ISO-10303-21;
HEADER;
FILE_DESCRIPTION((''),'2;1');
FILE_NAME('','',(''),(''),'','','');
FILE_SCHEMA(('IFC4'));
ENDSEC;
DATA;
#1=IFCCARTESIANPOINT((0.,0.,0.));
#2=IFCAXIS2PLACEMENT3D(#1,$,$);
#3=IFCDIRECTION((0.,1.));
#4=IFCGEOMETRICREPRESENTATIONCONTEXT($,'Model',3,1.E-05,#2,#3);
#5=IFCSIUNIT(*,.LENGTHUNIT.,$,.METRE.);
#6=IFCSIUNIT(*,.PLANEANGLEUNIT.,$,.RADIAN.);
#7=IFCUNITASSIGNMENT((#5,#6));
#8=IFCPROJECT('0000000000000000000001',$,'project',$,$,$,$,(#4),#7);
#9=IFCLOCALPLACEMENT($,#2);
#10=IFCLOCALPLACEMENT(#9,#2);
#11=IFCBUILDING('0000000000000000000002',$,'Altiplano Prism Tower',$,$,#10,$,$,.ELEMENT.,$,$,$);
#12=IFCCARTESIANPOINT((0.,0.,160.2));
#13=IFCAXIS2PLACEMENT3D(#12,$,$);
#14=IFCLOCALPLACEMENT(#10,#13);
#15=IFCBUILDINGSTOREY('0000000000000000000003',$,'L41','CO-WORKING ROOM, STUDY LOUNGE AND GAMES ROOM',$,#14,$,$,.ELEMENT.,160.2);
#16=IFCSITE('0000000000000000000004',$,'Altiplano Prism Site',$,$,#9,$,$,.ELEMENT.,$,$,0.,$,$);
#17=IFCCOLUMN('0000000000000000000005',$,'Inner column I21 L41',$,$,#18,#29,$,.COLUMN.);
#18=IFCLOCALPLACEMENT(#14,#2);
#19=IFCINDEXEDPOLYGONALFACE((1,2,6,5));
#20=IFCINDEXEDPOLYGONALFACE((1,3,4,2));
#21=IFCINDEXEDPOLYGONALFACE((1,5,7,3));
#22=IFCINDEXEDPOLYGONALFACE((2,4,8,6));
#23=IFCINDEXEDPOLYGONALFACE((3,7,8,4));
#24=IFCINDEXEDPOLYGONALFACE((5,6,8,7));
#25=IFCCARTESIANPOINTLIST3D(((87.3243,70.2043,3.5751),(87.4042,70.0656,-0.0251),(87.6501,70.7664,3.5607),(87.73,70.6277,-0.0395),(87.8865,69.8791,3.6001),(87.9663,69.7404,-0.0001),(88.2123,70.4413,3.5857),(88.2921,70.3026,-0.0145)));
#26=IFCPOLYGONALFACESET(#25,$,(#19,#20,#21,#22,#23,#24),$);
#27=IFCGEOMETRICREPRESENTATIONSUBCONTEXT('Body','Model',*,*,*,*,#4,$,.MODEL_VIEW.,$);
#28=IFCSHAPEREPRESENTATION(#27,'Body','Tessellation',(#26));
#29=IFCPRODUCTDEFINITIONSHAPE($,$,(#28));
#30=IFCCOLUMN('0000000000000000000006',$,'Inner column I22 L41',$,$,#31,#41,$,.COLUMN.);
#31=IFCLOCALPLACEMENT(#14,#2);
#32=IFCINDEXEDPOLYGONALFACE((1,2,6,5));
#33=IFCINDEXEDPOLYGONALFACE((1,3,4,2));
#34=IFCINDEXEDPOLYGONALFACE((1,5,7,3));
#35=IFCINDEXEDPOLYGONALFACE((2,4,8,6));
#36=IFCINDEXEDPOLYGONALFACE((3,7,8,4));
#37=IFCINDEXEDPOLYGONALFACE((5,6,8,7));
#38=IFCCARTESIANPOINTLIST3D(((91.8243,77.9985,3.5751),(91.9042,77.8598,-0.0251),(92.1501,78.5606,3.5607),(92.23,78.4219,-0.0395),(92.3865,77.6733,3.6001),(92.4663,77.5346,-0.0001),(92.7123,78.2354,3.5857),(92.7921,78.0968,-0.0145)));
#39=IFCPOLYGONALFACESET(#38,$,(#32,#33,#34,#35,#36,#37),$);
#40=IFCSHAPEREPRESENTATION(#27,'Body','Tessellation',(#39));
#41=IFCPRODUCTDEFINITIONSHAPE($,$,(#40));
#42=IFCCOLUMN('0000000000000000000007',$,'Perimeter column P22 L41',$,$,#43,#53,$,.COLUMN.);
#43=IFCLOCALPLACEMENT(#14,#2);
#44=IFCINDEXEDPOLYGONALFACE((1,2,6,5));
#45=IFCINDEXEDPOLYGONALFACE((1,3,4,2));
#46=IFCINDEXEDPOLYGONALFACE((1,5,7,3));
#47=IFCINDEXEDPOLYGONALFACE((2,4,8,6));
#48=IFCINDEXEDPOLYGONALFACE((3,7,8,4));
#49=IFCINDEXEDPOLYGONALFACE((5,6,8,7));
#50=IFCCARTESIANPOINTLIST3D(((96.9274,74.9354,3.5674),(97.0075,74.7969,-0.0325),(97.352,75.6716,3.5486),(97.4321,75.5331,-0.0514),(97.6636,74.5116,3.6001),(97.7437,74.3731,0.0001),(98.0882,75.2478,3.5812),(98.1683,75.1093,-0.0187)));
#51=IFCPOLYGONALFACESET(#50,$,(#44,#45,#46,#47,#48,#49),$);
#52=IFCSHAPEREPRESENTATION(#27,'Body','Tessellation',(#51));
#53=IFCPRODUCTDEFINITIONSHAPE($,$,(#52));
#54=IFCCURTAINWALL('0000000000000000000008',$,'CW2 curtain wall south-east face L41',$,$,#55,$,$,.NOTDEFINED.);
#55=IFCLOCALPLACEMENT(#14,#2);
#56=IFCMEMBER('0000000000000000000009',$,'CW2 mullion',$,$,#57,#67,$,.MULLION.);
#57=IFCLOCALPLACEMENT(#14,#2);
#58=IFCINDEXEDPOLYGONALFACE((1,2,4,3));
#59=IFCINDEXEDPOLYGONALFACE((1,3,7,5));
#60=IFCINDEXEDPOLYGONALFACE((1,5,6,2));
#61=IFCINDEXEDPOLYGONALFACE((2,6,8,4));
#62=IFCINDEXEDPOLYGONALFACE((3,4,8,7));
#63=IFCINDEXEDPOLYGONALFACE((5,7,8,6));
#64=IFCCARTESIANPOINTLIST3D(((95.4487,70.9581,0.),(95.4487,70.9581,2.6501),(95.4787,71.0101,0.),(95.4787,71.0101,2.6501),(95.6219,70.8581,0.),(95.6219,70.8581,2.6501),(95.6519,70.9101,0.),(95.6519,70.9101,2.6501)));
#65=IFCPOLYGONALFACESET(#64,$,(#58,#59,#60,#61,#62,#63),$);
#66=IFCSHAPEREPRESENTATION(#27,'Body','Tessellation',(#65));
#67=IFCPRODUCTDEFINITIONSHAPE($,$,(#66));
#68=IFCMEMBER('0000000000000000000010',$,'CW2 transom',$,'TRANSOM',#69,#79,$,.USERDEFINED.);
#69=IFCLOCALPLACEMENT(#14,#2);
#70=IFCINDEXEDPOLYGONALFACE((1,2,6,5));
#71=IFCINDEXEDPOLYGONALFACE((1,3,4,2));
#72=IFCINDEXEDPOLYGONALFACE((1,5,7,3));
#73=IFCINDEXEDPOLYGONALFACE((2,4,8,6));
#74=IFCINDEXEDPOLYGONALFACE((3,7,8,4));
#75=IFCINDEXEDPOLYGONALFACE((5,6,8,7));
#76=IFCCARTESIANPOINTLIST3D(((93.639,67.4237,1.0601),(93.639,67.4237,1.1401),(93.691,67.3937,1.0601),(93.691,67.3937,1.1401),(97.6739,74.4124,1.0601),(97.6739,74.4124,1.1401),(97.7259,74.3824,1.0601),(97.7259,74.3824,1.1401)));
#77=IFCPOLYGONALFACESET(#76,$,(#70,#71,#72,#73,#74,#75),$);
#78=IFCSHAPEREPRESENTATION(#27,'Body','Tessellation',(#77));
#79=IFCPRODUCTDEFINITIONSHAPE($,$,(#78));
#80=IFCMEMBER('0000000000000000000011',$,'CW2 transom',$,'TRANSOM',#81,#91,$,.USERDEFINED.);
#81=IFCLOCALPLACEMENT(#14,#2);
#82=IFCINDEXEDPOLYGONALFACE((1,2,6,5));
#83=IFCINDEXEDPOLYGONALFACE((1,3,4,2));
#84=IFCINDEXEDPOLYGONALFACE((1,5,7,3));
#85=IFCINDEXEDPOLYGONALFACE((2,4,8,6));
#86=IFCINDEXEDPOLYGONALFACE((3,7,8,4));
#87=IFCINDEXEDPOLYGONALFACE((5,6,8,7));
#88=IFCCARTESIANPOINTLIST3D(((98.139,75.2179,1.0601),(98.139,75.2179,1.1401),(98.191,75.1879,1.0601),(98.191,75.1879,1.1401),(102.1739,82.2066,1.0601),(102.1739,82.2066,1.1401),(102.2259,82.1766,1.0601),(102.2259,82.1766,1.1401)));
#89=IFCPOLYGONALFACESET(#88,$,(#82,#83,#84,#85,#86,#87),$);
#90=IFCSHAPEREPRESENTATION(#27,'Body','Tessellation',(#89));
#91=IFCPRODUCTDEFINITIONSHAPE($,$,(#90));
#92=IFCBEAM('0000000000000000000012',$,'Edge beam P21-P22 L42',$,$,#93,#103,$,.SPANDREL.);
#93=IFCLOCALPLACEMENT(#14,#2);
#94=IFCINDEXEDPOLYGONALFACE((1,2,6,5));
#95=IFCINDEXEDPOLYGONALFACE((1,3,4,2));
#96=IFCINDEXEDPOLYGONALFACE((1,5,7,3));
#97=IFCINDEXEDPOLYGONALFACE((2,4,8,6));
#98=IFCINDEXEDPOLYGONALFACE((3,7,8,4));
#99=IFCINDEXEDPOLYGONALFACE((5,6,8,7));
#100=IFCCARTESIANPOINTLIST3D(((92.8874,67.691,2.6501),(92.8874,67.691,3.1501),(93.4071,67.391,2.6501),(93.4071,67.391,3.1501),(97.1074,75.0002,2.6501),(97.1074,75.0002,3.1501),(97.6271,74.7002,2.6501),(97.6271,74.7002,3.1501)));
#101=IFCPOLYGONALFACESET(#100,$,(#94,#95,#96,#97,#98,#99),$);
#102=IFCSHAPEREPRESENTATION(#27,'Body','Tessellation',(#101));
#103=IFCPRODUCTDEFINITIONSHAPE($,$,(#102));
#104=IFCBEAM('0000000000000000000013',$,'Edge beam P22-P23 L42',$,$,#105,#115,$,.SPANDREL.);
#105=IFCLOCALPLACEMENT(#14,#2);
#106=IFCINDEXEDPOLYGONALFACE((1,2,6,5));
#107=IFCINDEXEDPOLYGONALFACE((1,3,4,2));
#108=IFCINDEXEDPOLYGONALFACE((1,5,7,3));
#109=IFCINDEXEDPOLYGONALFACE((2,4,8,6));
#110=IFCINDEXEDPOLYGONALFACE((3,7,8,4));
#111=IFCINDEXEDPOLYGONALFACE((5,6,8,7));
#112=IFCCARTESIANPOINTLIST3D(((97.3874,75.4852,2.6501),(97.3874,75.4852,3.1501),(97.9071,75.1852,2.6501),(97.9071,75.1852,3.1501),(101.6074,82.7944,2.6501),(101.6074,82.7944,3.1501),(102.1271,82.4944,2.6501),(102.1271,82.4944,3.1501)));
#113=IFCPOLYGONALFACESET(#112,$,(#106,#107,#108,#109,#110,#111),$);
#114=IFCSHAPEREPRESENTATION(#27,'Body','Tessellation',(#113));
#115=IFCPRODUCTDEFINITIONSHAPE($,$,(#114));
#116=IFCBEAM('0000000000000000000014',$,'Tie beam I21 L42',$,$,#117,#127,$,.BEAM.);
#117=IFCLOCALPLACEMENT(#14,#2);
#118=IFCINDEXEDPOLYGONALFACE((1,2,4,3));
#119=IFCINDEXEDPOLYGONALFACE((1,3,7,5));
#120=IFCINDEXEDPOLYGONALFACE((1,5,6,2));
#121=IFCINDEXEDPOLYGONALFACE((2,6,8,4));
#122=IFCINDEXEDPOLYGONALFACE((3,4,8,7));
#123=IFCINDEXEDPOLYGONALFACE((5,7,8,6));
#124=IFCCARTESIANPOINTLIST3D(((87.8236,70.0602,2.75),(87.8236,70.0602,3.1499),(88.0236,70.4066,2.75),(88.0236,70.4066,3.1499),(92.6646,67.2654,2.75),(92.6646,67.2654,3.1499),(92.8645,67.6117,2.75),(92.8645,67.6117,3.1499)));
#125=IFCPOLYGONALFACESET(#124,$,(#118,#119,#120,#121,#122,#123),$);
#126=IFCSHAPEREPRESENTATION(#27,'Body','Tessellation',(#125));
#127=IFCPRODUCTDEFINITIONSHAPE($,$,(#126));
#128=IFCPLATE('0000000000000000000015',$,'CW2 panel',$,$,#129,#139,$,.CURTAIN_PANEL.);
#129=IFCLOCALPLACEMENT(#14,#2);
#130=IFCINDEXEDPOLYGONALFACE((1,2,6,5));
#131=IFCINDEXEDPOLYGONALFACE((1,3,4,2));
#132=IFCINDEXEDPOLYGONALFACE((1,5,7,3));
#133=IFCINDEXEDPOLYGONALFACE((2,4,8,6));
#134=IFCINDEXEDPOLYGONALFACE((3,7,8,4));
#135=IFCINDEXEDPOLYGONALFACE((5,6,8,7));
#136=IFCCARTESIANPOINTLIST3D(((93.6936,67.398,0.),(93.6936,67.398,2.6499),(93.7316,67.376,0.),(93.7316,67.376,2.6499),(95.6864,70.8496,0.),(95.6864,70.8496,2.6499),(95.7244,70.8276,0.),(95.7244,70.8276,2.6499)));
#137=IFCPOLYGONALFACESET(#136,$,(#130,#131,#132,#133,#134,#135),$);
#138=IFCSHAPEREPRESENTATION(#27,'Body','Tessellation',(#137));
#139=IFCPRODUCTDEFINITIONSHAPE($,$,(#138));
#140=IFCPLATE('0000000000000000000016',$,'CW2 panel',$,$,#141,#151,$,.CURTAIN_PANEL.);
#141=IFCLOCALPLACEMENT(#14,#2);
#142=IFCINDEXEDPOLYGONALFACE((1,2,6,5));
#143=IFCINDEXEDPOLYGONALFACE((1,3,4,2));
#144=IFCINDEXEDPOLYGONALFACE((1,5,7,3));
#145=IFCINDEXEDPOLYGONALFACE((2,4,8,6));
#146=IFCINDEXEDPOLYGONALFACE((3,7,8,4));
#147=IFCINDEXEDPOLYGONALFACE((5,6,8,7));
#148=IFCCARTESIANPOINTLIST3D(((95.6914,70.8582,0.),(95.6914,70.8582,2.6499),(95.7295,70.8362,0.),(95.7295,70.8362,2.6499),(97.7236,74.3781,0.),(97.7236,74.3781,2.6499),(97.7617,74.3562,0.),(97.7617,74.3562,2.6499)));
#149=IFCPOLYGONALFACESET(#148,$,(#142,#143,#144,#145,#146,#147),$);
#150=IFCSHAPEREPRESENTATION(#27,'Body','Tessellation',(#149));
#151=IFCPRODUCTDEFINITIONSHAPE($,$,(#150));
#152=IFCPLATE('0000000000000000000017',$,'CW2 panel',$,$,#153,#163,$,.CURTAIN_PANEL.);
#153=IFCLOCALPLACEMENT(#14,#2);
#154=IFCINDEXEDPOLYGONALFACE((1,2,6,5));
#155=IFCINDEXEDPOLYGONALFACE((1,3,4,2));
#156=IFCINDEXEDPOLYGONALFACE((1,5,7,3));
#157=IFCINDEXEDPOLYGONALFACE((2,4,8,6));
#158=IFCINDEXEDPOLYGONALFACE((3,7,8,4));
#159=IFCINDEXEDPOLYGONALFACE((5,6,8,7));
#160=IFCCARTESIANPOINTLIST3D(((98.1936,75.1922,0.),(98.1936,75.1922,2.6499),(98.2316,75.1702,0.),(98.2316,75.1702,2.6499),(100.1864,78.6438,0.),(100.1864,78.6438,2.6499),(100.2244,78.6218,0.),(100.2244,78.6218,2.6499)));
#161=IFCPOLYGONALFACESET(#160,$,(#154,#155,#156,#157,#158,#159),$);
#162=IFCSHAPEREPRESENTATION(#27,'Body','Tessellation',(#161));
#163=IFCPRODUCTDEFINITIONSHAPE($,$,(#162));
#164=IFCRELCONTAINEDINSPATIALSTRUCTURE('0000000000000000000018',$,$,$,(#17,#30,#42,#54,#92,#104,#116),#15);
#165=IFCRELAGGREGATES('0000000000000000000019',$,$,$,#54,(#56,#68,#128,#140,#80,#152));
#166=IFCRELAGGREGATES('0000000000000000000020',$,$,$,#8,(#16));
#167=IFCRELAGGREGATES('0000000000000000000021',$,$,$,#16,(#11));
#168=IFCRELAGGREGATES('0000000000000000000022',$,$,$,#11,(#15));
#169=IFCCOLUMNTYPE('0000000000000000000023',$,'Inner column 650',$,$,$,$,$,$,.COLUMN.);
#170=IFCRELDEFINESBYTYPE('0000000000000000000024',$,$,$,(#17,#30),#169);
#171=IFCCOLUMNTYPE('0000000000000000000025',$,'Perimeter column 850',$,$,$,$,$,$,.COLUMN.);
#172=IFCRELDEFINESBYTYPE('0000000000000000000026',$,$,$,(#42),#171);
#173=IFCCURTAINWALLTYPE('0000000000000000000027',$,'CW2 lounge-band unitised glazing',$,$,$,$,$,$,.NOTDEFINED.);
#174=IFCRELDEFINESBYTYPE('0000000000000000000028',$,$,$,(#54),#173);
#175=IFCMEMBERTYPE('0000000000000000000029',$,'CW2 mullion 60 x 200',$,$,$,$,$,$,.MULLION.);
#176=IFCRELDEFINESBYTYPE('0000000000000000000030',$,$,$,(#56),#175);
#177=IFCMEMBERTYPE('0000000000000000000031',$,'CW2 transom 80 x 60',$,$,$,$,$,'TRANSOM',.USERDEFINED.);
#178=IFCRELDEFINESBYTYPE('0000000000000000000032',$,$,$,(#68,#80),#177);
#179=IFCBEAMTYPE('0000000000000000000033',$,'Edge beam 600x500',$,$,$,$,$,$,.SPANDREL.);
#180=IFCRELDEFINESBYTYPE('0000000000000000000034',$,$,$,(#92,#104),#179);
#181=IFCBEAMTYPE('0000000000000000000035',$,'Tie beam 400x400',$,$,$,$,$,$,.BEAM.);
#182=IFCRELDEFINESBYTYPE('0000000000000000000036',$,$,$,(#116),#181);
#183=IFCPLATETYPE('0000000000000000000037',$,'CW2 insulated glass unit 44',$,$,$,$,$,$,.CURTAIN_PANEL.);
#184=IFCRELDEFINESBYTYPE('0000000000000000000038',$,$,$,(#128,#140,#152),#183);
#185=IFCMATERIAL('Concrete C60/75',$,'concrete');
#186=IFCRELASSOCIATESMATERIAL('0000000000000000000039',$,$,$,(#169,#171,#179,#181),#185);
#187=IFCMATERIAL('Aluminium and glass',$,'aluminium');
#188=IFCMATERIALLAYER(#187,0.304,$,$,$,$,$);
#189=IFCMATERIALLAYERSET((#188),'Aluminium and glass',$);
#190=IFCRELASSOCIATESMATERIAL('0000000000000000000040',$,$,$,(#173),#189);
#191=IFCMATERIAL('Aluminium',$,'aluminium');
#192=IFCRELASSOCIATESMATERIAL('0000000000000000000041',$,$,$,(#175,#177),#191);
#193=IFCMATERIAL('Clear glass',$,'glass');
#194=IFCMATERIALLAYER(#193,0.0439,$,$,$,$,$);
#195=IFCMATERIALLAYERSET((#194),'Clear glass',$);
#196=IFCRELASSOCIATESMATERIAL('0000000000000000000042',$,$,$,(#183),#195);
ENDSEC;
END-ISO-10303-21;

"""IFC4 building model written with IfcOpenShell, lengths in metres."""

from ifc_helpers import new_model, si_unit, direction, frame, origin, origin_2d, place, context, subcontext, project, spatial, rectangle, extrude, material, layer, layer_set, material_profile, profile_set, type_object, element, aggregate, save


model = new_model("IFC4")

# Units and contexts
model_context = context("Model", 3, precision=1e-05, world=origin(), true_north=direction((0.0, 1.0)))
body_context = subcontext(model_context, "Body", "Model", "MODEL_VIEW")
ifc_project = project(units=[si_unit("LENGTHUNIT", "METRE"), si_unit("PLANEANGLEUNIT", "RADIAN")], contexts=[model_context])

# Site, building, storey
site_placement = place(None, origin())
site = spatial("IfcSite", under=ifc_project, at=site_placement, Name="Altiplano Prism Site", CompositionType="ELEMENT", RefElevation=0.0)
building_placement = place(site_placement, origin())
building = spatial("IfcBuilding", under=site, at=building_placement, Name="Altiplano Prism Tower", CompositionType="ELEMENT")
storey_placement = place(building_placement, frame((0.0, 0.0, 160.2)))
storey = spatial("IfcBuildingStorey", under=building, at=storey_placement, Name="L41", Description="CO-WORKING ROOM, STUDY LOUNGE AND GAMES ROOM", CompositionType="ELEMENT", Elevation=160.2)

# Columns
ifc_material_1 = material(Name="Concrete C60/75", Category="concrete")
ifc_material_profile_1 = material_profile(ifc_material_1, rectangle(XDim=0.6499, YDim=0.6499, at=origin_2d()), Name="Inner column 650")
ifc_profile_set_1 = profile_set([ifc_material_profile_1], Name="Concrete C60/75")
column_type_1 = type_object("IfcColumnType", Name="Inner column 650", PredefinedType="COLUMN", material=ifc_profile_set_1)
for number, where, z_axis, x_axis, name in (
    (1, (87.8481, 70.1841, -0.0198), (-0.022154, 0.038481, 0.999014), (-0.501313, -0.864981, 0.022201), "Inner column I21 L41"),
    (2, (92.3481, 77.9783, -0.0198), (-0.022154, 0.038481, 0.999014), (-0.501313, -0.864981, 0.022201), "Inner column I22 L41"),
):
    element("IfcColumn", number, at=place(storey_placement, frame(where, z_axis=z_axis, x_axis=x_axis)), inside=storey, type_object=column_type_1, Name=name, PredefinedType="COLUMN", context=body_context, shape_type="SweptSolid", body=[
        extrude(rectangle(XDim=0.6499, YDim=0.6499, at=origin_2d()), origin(), (0.0, 0.0, 1.0), 3.6038),
    ])
ifc_material_profile_2 = material_profile(ifc_material_1, rectangle(XDim=0.8501, YDim=0.8501, at=origin_2d()), Name="Perimeter column 850")
ifc_profile_set_2 = profile_set([ifc_material_profile_2], Name="Concrete C60/75")
column_type_2 = type_object("IfcColumnType", Name="Perimeter column 850", PredefinedType="COLUMN", material=ifc_profile_set_2)
column_placement = place(storey_placement, frame((97.5879, 74.9531, -0.0256), z_axis=(-0.022223, 0.038416, 0.999015), x_axis=(-0.499508, -0.866025, 0.02219)))
element("IfcColumn", 3, at=column_placement, inside=storey, type_object=column_type_2, Name="Perimeter column P22 L41", PredefinedType="COLUMN", context=body_context, shape_type="SweptSolid", body=[
    extrude(rectangle(XDim=0.8501, YDim=0.8501, at=origin_2d()), origin(), (0.0, 0.0, 1.0), 3.6035),
])

# Curtain wall, members
ifc_material_2 = material(Name="Aluminium and glass", Category="aluminium")
ifc_layer_1 = layer(ifc_material_2, 0.304)
ifc_layer_set_1 = layer_set([ifc_layer_1], Name="Aluminium and glass")
curtain_wall_type = type_object("IfcCurtainWallType", Name="CW2 lounge-band unitised glazing", PredefinedType="NOTDEFINED", material=ifc_layer_set_1)
curtain_wall_placement = place(storey_placement, origin())
curtain_wall = element("IfcCurtainWall", 4, at=curtain_wall_placement, inside=storey, type_object=curtain_wall_type, Name="CW2 curtain wall south-east face L41", PredefinedType="NOTDEFINED")
ifc_material_3 = material(Name="Aluminium", Category="aluminium")
ifc_material_profile_3 = material_profile(ifc_material_3, rectangle(XDim=0.2, YDim=0.0601, at=origin_2d()), Name="CW2 mullion 60 x 200")
ifc_profile_set_3 = profile_set([ifc_material_profile_3], Name="Aluminium")
member_type_1 = type_object("IfcMemberType", Name="CW2 mullion 60 x 200", PredefinedType="MULLION", material=ifc_profile_set_3)
member_1_placement = place(storey_placement, frame((95.5503, 70.9341, 0.0), z_axis=(0.0, 0.0, 1.0), x_axis=(-0.866025, 0.5, 0.0)))
member_1 = element("IfcMember", 5, at=member_1_placement, type_object=member_type_1, Name="CW2 mullion", PredefinedType="MULLION", context=body_context, shape_type="SweptSolid", body=[
    extrude(rectangle(XDim=0.2, YDim=0.0601, at=origin_2d()), origin(), (0.0, 0.0, 1.0), 2.6501),
])
ifc_material_profile_4 = material_profile(ifc_material_3, rectangle(XDim=0.0601, YDim=0.0801, at=origin_2d()), Name="CW2 transom 80 x 60")
ifc_profile_set_4 = profile_set([ifc_material_profile_4], Name="Aluminium")
member_type_2 = type_object("IfcMemberType", Name="CW2 transom 80 x 60", ElementType="TRANSOM", PredefinedType="USERDEFINED", material=ifc_profile_set_4)
member_2_placement = place(storey_placement, frame((93.665, 67.4087, 1.1001), z_axis=(0.499995, 0.866028, 0.0), x_axis=(-0.866028, 0.499995, 0.0)))
member_2 = element("IfcMember", 6, at=member_2_placement, type_object=member_type_2, Name="CW2 transom", ObjectType="TRANSOM", PredefinedType="USERDEFINED", context=body_context, shape_type="SweptSolid", body=[
    extrude(rectangle(XDim=0.0601, YDim=0.0801, at=origin_2d()), origin(), (0.0, 0.0, 1.0), 8.0698),
])
member_3_placement = place(storey_placement, frame((98.165, 75.2029, 1.1001), z_axis=(0.499995, 0.866028, 0.0), x_axis=(-0.866028, 0.499995, 0.0)))
member_3 = element("IfcMember", 7, at=member_3_placement, type_object=member_type_2, Name="CW2 transom", ObjectType="TRANSOM", PredefinedType="USERDEFINED", context=body_context, shape_type="SweptSolid", body=[
    extrude(rectangle(XDim=0.0601, YDim=0.0801, at=origin_2d()), origin(), (0.0, 0.0, 1.0), 8.0698),
])

# Beams
ifc_material_profile_5 = material_profile(ifc_material_1, rectangle(XDim=0.6001, YDim=0.5, at=origin_2d()), Name="Edge beam 600x500")
ifc_profile_set_5 = profile_set([ifc_material_profile_5], Name="Concrete C60/75")
beam_type_1 = type_object("IfcBeamType", Name="Edge beam 600x500", PredefinedType="SPANDREL", material=ifc_profile_set_5)
for number, where, z_axis, x_axis, name in (
    (8, (93.1472, 67.541, 2.9001), (0.500006, 0.866022, 0.0), (-0.866022, 0.500006, 0.0), "Edge beam P21-P22 L42"),
    (9, (97.6472, 75.3352, 2.9001), (0.500006, 0.866022, 0.0), (-0.866022, 0.500006, 0.0), "Edge beam P22-P23 L42"),
):
    element("IfcBeam", number, at=place(storey_placement, frame(where, z_axis=z_axis, x_axis=x_axis)), inside=storey, type_object=beam_type_1, Name=name, PredefinedType="SPANDREL", context=body_context, shape_type="SweptSolid", body=[
        extrude(rectangle(XDim=0.6001, YDim=0.5, at=origin_2d()), origin(), (0.0, 0.0, 1.0), 8.4399),
    ])
ifc_material_profile_6 = material_profile(ifc_material_1, rectangle(XDim=0.3999, YDim=0.3999, at=origin_2d()), Name="Tie beam 400x400")
ifc_profile_set_6 = profile_set([ifc_material_profile_6], Name="Concrete C60/75")
beam_type_2 = type_object("IfcBeamType", Name="Tie beam 400x400", PredefinedType="BEAM", material=ifc_profile_set_6)
beam_placement = place(storey_placement, frame((87.9236, 70.2334, 2.95), z_axis=(0.866031, -0.499991, 0.0), x_axis=(0.499991, 0.866031, 0.0)))
element("IfcBeam", 10, at=beam_placement, inside=storey, type_object=beam_type_2, Name="Tie beam I21 L42", PredefinedType="BEAM", context=body_context, shape_type="SweptSolid", body=[
    extrude(rectangle(XDim=0.3999, YDim=0.3999, at=origin_2d()), origin(), (0.0, 0.0, 1.0), 5.5898),
])

# Plates
ifc_material_4 = material(Name="Clear glass", Category="glass")
ifc_layer_2 = layer(ifc_material_4, 0.0439)
ifc_layer_set_2 = layer_set([ifc_layer_2], Name="Clear glass")
plate_type = type_object("IfcPlateType", Name="CW2 insulated glass unit 44", PredefinedType="CURTAIN_PANEL", material=ifc_layer_set_2)
plate_1_placement = place(storey_placement, frame((94.709, 69.1128, 0.0), z_axis=(0.0, 0.0, 1.0), x_axis=(0.5, 0.866025, 0.0)))
plate_1 = element("IfcPlate", 11, at=plate_1_placement, type_object=plate_type, Name="CW2 panel", PredefinedType="CURTAIN_PANEL", context=body_context, shape_type="SweptSolid", body=[
    extrude(rectangle(XDim=3.9856, YDim=0.0439, at=origin_2d()), origin(), (0.0, 0.0, 1.0), 2.6499),
])
plate_2_placement = place(storey_placement, frame((96.7266, 72.6072, 0.0), z_axis=(0.0, 0.0, 1.0), x_axis=(0.5, 0.866025, 0.0)))
plate_2 = element("IfcPlate", 12, at=plate_2_placement, type_object=plate_type, Name="CW2 panel", PredefinedType="CURTAIN_PANEL", context=body_context, shape_type="SweptSolid", body=[
    extrude(rectangle(XDim=4.0645, YDim=0.0439, at=origin_2d()), origin(), (0.0, 0.0, 1.0), 2.6499),
])
plate_3_placement = place(storey_placement, frame((99.209, 76.907, 0.0), z_axis=(0.0, 0.0, 1.0), x_axis=(0.5, 0.866025, 0.0)))
plate_3 = element("IfcPlate", 13, at=plate_3_placement, type_object=plate_type, Name="CW2 panel", PredefinedType="CURTAIN_PANEL", context=body_context, shape_type="SweptSolid", body=[
    extrude(rectangle(XDim=3.9856, YDim=0.0439, at=origin_2d()), origin(), (0.0, 0.0, 1.0), 2.6499),
])
aggregate(curtain_wall, [member_1, member_2, plate_1, plate_2, member_3, plate_3])

save(model, "model.ifc")
